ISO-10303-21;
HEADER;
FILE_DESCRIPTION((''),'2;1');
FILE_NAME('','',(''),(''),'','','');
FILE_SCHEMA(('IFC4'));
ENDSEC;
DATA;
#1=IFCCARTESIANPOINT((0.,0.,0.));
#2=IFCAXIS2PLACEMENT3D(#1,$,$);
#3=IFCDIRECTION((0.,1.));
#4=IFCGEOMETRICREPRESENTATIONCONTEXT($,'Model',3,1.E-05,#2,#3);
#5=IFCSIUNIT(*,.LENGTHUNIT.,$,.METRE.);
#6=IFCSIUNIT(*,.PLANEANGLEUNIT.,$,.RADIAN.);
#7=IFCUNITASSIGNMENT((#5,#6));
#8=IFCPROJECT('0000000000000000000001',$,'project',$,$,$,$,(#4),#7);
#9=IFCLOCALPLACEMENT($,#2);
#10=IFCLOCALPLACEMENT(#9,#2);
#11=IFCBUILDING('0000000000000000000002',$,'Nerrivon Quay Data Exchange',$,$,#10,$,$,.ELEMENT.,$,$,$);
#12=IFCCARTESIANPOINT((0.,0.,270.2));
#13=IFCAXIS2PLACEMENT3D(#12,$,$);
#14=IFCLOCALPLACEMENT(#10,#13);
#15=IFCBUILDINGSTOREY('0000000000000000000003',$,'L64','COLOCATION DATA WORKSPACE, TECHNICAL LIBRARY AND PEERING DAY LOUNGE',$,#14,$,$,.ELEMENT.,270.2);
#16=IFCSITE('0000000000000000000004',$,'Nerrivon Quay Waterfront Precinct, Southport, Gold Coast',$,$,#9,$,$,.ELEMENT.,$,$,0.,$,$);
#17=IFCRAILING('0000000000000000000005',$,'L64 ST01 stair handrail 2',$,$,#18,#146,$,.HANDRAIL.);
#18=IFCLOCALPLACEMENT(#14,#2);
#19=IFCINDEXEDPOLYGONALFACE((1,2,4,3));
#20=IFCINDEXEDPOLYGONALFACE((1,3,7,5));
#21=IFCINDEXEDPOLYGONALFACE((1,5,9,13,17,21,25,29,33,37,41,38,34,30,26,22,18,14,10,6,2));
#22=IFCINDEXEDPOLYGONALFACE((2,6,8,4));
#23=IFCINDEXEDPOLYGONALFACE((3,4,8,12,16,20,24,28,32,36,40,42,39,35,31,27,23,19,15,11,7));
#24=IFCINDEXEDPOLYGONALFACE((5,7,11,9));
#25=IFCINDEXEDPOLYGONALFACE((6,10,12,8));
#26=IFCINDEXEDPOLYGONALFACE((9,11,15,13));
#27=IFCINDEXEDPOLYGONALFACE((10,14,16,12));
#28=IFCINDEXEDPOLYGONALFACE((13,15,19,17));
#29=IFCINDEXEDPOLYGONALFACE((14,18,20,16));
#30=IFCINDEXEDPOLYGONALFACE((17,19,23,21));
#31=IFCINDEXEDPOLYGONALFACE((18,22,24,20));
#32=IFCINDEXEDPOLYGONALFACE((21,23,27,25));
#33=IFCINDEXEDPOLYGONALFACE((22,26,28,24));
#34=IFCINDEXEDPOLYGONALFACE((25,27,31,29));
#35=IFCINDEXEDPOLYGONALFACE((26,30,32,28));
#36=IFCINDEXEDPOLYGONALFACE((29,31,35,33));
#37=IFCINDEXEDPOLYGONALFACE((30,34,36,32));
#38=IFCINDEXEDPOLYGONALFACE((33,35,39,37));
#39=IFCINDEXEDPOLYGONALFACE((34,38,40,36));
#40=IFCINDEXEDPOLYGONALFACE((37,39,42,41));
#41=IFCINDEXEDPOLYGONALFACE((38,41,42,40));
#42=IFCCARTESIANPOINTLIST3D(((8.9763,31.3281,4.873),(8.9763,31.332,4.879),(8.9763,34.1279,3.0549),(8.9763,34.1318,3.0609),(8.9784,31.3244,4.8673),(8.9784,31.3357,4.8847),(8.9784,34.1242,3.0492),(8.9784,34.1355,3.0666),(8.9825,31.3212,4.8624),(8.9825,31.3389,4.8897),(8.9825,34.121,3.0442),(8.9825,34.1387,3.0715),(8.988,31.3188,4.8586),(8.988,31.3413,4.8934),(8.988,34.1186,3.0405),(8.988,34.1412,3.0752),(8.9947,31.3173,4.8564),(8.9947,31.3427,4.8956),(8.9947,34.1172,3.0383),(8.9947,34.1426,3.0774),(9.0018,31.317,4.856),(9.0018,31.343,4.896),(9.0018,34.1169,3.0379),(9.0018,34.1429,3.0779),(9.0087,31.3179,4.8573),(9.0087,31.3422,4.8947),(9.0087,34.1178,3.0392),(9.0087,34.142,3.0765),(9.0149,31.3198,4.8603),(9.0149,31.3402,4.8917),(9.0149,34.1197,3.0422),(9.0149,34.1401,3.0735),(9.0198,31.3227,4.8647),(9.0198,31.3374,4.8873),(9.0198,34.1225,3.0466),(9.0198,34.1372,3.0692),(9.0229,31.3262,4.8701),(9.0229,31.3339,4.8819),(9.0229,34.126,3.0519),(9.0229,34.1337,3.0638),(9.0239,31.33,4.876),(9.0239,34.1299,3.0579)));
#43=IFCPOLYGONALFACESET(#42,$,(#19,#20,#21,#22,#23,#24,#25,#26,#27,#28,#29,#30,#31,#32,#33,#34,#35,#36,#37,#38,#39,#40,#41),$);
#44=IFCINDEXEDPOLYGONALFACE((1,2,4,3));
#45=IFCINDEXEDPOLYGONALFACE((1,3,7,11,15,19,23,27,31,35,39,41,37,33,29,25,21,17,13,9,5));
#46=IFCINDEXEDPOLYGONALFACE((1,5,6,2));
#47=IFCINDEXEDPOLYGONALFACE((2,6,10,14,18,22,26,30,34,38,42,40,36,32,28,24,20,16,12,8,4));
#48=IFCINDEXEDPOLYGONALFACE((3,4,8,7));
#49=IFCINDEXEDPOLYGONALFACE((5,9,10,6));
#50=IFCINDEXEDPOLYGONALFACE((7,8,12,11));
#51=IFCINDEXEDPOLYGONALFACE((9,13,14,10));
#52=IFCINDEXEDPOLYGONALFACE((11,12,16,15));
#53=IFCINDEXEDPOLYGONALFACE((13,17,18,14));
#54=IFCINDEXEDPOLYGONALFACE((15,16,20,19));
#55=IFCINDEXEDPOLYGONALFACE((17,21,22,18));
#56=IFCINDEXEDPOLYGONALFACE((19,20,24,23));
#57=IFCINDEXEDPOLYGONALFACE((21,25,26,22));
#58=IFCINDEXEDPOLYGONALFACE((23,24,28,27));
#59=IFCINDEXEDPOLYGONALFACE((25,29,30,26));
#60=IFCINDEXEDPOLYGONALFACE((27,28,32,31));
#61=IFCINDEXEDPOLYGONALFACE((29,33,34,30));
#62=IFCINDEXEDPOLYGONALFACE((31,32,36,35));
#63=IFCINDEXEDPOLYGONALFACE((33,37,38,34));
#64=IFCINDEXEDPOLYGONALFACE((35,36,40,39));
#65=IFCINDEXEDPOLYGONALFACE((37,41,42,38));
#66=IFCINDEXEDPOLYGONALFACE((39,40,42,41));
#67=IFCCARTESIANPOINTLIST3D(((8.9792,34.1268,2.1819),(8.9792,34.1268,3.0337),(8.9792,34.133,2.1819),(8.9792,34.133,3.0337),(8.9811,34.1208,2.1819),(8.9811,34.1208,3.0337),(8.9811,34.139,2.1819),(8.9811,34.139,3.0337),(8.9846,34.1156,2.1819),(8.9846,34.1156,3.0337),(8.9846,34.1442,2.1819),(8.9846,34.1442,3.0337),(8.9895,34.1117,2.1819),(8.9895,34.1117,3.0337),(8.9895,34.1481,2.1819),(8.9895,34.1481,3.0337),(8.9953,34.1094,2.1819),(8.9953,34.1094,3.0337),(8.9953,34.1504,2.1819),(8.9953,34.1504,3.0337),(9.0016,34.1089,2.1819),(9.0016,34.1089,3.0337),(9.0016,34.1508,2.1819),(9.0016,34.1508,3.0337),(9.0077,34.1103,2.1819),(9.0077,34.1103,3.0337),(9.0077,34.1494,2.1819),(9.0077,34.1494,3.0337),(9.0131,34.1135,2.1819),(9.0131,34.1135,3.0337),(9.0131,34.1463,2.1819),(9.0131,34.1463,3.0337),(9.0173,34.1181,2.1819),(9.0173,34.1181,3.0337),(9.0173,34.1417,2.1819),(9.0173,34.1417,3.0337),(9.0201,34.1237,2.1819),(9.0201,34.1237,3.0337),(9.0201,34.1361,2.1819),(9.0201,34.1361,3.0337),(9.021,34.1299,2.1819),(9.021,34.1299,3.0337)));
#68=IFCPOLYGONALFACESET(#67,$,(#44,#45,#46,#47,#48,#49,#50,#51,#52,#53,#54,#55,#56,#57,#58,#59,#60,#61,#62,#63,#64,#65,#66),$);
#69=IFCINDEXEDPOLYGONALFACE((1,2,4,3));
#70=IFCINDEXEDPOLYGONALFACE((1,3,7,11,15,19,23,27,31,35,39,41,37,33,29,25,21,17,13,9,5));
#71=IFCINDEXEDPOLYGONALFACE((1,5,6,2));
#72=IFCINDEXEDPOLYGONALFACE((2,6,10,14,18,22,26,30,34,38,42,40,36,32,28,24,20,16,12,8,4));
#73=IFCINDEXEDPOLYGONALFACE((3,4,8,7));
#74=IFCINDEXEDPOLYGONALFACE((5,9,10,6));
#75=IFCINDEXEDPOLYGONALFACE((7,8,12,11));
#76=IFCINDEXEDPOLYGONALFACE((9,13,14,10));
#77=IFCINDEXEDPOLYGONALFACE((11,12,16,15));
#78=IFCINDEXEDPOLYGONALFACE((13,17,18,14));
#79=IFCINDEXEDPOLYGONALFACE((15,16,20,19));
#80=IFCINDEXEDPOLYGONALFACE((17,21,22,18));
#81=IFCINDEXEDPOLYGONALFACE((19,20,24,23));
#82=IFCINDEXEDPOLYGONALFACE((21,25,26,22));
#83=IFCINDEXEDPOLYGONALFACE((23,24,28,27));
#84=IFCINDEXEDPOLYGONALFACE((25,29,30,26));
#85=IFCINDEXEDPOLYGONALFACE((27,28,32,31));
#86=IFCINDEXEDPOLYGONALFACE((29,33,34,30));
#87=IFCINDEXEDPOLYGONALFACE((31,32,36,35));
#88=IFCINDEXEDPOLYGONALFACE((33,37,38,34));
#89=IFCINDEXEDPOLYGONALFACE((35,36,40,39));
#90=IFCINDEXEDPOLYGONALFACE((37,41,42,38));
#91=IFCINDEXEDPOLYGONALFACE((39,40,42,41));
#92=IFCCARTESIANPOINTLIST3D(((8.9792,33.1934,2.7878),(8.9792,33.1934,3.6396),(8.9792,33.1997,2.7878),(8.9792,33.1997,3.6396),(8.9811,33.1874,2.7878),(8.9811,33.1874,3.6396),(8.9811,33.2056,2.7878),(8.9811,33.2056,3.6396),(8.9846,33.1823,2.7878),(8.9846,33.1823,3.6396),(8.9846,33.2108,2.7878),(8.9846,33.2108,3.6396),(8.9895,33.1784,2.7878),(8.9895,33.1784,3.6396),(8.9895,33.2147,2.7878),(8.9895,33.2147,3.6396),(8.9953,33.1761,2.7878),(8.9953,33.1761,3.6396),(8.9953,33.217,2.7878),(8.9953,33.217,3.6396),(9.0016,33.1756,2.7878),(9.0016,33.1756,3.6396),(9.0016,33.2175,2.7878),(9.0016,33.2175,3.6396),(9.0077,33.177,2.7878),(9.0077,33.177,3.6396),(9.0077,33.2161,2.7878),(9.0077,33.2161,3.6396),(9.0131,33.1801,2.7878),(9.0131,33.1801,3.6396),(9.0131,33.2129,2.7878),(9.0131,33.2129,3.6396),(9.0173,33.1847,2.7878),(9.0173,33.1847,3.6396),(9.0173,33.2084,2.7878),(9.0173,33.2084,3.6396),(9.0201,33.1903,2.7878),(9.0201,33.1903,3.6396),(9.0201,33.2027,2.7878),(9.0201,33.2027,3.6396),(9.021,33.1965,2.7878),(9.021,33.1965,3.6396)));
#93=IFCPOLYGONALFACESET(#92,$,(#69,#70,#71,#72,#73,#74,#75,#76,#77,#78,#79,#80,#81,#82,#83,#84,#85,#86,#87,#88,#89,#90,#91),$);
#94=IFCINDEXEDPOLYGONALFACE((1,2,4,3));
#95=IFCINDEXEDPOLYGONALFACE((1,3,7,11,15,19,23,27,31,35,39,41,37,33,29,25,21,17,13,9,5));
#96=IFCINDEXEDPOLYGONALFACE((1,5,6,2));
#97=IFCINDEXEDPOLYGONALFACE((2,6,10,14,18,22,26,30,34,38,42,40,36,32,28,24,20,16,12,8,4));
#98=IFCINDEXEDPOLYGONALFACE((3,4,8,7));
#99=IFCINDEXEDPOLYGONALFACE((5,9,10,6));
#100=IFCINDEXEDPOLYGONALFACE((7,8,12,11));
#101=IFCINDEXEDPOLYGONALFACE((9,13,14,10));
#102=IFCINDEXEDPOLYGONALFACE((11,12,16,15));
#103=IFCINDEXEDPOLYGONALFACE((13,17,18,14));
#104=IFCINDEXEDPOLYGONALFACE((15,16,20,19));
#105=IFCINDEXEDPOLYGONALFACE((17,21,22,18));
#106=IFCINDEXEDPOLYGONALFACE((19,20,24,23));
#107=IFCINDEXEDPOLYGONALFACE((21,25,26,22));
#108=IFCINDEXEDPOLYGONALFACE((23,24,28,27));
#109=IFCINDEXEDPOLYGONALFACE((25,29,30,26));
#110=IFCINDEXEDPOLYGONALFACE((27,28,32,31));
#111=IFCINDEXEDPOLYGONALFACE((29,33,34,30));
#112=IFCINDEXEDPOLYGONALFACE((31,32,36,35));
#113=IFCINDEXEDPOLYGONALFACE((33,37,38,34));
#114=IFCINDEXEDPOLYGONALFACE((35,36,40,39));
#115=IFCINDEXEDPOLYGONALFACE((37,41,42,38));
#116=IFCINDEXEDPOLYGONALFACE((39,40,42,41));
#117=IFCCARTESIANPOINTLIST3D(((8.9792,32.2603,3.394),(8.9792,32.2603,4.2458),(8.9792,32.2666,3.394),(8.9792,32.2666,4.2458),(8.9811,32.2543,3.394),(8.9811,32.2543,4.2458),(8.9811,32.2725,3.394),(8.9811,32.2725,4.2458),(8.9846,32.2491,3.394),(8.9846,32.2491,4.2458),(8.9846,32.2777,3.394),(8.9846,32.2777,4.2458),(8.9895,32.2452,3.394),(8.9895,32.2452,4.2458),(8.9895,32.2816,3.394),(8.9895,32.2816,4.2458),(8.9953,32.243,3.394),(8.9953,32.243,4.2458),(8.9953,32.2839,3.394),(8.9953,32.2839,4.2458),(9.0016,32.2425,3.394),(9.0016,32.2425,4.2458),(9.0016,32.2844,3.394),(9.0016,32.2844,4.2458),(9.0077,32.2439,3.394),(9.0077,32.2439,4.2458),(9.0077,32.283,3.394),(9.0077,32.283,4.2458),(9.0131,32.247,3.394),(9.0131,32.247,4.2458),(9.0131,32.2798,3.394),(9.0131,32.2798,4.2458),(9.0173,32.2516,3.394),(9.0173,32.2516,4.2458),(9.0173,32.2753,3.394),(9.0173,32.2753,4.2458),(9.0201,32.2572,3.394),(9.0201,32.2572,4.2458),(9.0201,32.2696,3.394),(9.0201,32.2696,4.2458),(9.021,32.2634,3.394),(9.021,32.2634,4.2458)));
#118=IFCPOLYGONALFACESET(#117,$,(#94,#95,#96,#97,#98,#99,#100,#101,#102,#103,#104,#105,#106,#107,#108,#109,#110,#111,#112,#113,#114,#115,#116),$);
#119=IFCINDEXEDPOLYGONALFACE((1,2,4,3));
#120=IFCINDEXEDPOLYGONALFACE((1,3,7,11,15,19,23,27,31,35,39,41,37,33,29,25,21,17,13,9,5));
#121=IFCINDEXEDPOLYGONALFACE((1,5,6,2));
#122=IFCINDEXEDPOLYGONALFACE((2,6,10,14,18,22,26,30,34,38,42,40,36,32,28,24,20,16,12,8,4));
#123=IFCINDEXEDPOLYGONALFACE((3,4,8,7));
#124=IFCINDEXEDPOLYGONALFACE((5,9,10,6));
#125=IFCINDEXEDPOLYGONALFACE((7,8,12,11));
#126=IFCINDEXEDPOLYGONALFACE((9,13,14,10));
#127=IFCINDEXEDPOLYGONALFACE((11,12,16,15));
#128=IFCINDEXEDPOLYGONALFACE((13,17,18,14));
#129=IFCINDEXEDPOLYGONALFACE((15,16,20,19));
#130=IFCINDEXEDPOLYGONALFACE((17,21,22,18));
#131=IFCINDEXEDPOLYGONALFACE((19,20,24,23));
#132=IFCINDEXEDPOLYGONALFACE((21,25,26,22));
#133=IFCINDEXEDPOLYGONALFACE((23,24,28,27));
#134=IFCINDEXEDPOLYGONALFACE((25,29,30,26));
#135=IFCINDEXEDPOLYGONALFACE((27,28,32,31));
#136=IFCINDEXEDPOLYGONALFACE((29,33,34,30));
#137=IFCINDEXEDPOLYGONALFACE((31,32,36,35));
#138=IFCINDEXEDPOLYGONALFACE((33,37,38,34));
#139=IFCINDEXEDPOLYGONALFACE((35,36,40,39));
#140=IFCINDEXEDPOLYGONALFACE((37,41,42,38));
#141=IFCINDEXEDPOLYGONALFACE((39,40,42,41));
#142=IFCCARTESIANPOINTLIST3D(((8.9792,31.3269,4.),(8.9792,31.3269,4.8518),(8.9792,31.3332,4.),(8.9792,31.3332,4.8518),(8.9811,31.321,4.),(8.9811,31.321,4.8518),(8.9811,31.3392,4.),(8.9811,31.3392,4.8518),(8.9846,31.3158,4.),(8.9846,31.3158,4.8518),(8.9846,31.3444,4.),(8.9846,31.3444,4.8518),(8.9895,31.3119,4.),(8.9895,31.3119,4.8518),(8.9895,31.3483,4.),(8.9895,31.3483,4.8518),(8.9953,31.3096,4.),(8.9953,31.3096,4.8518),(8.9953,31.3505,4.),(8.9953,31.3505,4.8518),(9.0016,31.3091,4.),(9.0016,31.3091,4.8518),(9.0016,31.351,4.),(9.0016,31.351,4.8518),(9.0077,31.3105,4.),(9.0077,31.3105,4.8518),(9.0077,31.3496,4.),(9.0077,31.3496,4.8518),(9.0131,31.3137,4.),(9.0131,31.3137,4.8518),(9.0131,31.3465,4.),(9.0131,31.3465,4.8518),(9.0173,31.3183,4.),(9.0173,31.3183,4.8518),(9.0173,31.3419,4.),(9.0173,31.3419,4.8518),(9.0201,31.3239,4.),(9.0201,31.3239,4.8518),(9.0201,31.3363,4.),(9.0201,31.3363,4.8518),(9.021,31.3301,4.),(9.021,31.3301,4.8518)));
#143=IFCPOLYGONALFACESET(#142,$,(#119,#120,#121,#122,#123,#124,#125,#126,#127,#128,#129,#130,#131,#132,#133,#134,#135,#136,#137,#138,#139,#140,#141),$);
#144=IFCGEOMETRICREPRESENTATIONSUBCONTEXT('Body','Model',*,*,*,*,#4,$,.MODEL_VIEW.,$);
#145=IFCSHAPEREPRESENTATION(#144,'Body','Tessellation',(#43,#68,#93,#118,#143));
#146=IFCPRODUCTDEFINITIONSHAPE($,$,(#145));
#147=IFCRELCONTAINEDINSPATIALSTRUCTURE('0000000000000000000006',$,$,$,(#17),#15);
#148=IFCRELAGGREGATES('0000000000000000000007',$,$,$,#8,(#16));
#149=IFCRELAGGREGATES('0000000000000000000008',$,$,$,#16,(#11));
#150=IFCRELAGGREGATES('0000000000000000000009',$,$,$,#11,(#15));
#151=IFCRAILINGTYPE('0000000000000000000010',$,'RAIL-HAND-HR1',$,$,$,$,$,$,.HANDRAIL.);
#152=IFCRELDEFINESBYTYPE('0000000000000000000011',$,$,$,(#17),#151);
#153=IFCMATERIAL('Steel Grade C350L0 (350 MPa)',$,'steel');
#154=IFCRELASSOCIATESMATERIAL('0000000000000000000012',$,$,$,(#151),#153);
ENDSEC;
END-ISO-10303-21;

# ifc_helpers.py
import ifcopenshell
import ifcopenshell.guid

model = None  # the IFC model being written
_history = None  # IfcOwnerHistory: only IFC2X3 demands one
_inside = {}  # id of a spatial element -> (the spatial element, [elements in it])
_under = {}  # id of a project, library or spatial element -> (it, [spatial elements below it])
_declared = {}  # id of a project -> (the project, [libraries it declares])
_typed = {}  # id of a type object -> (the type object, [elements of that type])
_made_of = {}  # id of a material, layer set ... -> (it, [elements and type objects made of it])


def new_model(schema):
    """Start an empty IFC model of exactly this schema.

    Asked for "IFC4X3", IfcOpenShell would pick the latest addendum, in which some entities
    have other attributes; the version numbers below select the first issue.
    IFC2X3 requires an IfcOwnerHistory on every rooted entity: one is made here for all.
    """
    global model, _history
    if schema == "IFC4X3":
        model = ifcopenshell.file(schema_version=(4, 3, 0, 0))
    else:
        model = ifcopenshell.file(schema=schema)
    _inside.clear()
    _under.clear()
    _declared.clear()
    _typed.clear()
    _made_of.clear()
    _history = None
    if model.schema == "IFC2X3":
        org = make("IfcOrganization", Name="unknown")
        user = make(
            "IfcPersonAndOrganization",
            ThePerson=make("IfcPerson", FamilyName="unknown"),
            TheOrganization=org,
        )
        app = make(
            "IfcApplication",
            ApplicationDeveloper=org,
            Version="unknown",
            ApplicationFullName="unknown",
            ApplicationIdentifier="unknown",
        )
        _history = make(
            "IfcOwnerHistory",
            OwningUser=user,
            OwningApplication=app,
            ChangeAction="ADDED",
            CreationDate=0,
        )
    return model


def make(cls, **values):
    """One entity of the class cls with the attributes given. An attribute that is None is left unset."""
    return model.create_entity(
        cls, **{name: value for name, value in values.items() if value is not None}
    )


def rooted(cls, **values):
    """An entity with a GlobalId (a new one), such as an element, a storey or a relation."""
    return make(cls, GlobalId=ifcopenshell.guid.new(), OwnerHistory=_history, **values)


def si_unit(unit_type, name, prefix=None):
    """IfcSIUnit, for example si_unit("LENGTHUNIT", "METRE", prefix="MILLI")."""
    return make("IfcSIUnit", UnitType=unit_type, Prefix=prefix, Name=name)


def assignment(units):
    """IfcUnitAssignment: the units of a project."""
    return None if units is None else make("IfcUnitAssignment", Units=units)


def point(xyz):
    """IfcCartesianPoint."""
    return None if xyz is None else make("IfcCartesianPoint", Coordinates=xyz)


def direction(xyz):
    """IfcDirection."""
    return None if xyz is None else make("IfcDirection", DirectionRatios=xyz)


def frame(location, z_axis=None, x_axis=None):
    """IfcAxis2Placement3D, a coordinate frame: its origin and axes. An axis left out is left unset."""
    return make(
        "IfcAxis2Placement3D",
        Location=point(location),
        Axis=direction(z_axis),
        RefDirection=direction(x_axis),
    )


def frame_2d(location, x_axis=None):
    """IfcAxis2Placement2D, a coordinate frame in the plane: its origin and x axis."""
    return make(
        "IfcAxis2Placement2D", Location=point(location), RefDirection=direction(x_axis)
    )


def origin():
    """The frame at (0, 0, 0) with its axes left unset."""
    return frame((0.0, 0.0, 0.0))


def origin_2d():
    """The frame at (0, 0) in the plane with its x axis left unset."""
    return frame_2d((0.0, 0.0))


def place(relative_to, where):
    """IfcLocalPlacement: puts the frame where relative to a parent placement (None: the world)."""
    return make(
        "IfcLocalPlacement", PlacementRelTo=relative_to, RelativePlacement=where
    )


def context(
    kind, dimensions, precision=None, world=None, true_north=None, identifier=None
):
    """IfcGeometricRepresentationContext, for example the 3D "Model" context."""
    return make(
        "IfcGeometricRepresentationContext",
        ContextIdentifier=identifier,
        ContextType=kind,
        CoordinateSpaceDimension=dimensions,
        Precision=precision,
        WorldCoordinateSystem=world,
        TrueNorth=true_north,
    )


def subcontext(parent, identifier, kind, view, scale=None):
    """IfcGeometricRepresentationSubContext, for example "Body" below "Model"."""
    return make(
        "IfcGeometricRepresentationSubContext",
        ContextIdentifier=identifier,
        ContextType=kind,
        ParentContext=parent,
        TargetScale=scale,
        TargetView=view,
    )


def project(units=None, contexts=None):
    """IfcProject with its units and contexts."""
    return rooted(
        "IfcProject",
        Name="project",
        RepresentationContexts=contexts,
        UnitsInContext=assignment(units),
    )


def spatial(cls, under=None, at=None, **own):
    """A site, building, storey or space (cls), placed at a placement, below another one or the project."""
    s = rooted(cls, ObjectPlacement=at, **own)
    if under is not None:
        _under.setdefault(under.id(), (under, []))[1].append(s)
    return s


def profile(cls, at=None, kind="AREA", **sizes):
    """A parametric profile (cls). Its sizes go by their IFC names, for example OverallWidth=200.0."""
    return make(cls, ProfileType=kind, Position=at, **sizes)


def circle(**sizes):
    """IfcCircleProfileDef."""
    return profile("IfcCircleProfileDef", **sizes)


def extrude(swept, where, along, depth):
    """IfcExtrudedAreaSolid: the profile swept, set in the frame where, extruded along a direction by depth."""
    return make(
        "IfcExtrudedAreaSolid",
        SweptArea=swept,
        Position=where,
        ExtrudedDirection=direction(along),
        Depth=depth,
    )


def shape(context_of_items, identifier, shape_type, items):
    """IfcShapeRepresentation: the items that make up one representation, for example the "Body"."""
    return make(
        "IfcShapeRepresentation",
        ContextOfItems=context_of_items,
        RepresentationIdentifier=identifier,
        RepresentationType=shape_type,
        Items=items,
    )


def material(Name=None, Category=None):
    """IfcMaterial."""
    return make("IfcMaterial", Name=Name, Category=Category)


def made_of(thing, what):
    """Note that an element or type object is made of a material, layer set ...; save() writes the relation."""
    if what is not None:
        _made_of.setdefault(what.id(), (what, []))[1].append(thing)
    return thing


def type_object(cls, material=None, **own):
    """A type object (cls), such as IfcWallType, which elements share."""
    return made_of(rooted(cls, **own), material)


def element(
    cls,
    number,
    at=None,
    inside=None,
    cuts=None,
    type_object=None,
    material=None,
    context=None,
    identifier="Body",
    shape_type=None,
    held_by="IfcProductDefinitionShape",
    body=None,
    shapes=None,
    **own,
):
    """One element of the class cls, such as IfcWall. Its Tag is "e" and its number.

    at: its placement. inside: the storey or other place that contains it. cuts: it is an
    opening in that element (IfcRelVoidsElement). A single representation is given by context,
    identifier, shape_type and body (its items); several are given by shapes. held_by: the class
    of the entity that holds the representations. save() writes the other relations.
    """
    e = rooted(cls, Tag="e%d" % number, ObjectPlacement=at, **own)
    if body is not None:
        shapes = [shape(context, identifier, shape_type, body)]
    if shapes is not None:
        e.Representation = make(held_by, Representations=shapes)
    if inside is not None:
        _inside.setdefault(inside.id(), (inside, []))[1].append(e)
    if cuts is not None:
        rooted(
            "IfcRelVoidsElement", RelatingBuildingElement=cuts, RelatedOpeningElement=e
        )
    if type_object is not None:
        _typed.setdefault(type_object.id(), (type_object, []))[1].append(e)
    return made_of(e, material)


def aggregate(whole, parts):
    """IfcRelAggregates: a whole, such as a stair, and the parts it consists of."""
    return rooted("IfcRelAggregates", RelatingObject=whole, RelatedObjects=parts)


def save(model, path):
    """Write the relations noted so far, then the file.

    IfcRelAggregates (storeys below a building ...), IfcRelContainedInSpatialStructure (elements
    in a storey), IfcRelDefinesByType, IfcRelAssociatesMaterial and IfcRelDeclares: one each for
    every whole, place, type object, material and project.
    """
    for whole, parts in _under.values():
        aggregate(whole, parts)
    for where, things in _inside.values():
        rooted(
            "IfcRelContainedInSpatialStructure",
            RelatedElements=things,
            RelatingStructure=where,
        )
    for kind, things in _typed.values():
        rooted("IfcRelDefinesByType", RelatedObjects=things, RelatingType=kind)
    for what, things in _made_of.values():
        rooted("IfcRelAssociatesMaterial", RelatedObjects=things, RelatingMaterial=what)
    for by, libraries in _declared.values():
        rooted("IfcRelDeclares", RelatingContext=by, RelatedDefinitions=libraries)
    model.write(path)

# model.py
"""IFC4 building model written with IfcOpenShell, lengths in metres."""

from ifc_helpers import new_model, si_unit, direction, frame, origin, origin_2d, place, context, subcontext, project, spatial, circle, extrude, material, type_object, element, save


model = new_model("IFC4")

# Units and contexts
model_context = context("Model", 3, precision=1e-05, world=origin(), true_north=direction((0.0, 1.0)))
body_context = subcontext(model_context, "Body", "Model", "MODEL_VIEW")
ifc_project = project(units=[si_unit("LENGTHUNIT", "METRE"), si_unit("PLANEANGLEUNIT", "RADIAN")], contexts=[model_context])

# Site, building, storey
site_placement = place(None, origin())
site = spatial("IfcSite", under=ifc_project, at=site_placement, Name="Nerrivon Quay Waterfront Precinct, Southport, Gold Coast", CompositionType="ELEMENT", RefElevation=0.0)
building_placement = place(site_placement, origin())
building = spatial("IfcBuilding", under=site, at=building_placement, Name="Nerrivon Quay Data Exchange", CompositionType="ELEMENT")
storey_placement = place(building_placement, frame((0.0, 0.0, 270.2)))
storey = spatial("IfcBuildingStorey", under=building, at=storey_placement, Name="L64", Description="COLOCATION DATA WORKSPACE, TECHNICAL LIBRARY AND PEERING DAY LOUNGE", CompositionType="ELEMENT", Elevation=270.2)

# Shared definitions
ifc_material_1 = material(Name="Steel Grade C350L0 (350 MPa)", Category="steel")

# Railing
railing_type_1 = type_object("IfcRailingType", Name="RAIL-HAND-HR1", PredefinedType="HANDRAIL", material=ifc_material_1)
railing_1_placement = place(storey_placement, frame((9.0, 34.1299, 2.1819)))
element("IfcRailing", 1, at=railing_1_placement, inside=storey, type_object=railing_type_1, Name="L64 ST01 stair handrail 2", PredefinedType="HANDRAIL", context=body_context, shape_type="SweptSolid", body=[
    extrude(circle(Radius=0.0239, at=origin_2d()), frame((0.0, 0.0, 0.876), z_axis=(0.0, -0.838684, 0.544618), x_axis=(1.0, 0.0, 0.0)), (0.0, 0.0, 1.0), 3.3384),
    extrude(circle(Radius=0.021, at=origin_2d()), origin(), (0.0, 0.0, 1.0), 0.8518),
    extrude(circle(Radius=0.021, at=origin_2d()), frame((0.0, -0.9333, 0.606)), (0.0, 0.0, 1.0), 0.8518),
    extrude(circle(Radius=0.021, at=origin_2d()), frame((0.0, -1.8665, 1.2122)), (0.0, 0.0, 1.0), 0.8518),
    extrude(circle(Radius=0.021, at=origin_2d()), frame((0.0, -2.7998, 1.8181)), (0.0, 0.0, 1.0), 0.8518),
])

save(model, "model.ifc")
